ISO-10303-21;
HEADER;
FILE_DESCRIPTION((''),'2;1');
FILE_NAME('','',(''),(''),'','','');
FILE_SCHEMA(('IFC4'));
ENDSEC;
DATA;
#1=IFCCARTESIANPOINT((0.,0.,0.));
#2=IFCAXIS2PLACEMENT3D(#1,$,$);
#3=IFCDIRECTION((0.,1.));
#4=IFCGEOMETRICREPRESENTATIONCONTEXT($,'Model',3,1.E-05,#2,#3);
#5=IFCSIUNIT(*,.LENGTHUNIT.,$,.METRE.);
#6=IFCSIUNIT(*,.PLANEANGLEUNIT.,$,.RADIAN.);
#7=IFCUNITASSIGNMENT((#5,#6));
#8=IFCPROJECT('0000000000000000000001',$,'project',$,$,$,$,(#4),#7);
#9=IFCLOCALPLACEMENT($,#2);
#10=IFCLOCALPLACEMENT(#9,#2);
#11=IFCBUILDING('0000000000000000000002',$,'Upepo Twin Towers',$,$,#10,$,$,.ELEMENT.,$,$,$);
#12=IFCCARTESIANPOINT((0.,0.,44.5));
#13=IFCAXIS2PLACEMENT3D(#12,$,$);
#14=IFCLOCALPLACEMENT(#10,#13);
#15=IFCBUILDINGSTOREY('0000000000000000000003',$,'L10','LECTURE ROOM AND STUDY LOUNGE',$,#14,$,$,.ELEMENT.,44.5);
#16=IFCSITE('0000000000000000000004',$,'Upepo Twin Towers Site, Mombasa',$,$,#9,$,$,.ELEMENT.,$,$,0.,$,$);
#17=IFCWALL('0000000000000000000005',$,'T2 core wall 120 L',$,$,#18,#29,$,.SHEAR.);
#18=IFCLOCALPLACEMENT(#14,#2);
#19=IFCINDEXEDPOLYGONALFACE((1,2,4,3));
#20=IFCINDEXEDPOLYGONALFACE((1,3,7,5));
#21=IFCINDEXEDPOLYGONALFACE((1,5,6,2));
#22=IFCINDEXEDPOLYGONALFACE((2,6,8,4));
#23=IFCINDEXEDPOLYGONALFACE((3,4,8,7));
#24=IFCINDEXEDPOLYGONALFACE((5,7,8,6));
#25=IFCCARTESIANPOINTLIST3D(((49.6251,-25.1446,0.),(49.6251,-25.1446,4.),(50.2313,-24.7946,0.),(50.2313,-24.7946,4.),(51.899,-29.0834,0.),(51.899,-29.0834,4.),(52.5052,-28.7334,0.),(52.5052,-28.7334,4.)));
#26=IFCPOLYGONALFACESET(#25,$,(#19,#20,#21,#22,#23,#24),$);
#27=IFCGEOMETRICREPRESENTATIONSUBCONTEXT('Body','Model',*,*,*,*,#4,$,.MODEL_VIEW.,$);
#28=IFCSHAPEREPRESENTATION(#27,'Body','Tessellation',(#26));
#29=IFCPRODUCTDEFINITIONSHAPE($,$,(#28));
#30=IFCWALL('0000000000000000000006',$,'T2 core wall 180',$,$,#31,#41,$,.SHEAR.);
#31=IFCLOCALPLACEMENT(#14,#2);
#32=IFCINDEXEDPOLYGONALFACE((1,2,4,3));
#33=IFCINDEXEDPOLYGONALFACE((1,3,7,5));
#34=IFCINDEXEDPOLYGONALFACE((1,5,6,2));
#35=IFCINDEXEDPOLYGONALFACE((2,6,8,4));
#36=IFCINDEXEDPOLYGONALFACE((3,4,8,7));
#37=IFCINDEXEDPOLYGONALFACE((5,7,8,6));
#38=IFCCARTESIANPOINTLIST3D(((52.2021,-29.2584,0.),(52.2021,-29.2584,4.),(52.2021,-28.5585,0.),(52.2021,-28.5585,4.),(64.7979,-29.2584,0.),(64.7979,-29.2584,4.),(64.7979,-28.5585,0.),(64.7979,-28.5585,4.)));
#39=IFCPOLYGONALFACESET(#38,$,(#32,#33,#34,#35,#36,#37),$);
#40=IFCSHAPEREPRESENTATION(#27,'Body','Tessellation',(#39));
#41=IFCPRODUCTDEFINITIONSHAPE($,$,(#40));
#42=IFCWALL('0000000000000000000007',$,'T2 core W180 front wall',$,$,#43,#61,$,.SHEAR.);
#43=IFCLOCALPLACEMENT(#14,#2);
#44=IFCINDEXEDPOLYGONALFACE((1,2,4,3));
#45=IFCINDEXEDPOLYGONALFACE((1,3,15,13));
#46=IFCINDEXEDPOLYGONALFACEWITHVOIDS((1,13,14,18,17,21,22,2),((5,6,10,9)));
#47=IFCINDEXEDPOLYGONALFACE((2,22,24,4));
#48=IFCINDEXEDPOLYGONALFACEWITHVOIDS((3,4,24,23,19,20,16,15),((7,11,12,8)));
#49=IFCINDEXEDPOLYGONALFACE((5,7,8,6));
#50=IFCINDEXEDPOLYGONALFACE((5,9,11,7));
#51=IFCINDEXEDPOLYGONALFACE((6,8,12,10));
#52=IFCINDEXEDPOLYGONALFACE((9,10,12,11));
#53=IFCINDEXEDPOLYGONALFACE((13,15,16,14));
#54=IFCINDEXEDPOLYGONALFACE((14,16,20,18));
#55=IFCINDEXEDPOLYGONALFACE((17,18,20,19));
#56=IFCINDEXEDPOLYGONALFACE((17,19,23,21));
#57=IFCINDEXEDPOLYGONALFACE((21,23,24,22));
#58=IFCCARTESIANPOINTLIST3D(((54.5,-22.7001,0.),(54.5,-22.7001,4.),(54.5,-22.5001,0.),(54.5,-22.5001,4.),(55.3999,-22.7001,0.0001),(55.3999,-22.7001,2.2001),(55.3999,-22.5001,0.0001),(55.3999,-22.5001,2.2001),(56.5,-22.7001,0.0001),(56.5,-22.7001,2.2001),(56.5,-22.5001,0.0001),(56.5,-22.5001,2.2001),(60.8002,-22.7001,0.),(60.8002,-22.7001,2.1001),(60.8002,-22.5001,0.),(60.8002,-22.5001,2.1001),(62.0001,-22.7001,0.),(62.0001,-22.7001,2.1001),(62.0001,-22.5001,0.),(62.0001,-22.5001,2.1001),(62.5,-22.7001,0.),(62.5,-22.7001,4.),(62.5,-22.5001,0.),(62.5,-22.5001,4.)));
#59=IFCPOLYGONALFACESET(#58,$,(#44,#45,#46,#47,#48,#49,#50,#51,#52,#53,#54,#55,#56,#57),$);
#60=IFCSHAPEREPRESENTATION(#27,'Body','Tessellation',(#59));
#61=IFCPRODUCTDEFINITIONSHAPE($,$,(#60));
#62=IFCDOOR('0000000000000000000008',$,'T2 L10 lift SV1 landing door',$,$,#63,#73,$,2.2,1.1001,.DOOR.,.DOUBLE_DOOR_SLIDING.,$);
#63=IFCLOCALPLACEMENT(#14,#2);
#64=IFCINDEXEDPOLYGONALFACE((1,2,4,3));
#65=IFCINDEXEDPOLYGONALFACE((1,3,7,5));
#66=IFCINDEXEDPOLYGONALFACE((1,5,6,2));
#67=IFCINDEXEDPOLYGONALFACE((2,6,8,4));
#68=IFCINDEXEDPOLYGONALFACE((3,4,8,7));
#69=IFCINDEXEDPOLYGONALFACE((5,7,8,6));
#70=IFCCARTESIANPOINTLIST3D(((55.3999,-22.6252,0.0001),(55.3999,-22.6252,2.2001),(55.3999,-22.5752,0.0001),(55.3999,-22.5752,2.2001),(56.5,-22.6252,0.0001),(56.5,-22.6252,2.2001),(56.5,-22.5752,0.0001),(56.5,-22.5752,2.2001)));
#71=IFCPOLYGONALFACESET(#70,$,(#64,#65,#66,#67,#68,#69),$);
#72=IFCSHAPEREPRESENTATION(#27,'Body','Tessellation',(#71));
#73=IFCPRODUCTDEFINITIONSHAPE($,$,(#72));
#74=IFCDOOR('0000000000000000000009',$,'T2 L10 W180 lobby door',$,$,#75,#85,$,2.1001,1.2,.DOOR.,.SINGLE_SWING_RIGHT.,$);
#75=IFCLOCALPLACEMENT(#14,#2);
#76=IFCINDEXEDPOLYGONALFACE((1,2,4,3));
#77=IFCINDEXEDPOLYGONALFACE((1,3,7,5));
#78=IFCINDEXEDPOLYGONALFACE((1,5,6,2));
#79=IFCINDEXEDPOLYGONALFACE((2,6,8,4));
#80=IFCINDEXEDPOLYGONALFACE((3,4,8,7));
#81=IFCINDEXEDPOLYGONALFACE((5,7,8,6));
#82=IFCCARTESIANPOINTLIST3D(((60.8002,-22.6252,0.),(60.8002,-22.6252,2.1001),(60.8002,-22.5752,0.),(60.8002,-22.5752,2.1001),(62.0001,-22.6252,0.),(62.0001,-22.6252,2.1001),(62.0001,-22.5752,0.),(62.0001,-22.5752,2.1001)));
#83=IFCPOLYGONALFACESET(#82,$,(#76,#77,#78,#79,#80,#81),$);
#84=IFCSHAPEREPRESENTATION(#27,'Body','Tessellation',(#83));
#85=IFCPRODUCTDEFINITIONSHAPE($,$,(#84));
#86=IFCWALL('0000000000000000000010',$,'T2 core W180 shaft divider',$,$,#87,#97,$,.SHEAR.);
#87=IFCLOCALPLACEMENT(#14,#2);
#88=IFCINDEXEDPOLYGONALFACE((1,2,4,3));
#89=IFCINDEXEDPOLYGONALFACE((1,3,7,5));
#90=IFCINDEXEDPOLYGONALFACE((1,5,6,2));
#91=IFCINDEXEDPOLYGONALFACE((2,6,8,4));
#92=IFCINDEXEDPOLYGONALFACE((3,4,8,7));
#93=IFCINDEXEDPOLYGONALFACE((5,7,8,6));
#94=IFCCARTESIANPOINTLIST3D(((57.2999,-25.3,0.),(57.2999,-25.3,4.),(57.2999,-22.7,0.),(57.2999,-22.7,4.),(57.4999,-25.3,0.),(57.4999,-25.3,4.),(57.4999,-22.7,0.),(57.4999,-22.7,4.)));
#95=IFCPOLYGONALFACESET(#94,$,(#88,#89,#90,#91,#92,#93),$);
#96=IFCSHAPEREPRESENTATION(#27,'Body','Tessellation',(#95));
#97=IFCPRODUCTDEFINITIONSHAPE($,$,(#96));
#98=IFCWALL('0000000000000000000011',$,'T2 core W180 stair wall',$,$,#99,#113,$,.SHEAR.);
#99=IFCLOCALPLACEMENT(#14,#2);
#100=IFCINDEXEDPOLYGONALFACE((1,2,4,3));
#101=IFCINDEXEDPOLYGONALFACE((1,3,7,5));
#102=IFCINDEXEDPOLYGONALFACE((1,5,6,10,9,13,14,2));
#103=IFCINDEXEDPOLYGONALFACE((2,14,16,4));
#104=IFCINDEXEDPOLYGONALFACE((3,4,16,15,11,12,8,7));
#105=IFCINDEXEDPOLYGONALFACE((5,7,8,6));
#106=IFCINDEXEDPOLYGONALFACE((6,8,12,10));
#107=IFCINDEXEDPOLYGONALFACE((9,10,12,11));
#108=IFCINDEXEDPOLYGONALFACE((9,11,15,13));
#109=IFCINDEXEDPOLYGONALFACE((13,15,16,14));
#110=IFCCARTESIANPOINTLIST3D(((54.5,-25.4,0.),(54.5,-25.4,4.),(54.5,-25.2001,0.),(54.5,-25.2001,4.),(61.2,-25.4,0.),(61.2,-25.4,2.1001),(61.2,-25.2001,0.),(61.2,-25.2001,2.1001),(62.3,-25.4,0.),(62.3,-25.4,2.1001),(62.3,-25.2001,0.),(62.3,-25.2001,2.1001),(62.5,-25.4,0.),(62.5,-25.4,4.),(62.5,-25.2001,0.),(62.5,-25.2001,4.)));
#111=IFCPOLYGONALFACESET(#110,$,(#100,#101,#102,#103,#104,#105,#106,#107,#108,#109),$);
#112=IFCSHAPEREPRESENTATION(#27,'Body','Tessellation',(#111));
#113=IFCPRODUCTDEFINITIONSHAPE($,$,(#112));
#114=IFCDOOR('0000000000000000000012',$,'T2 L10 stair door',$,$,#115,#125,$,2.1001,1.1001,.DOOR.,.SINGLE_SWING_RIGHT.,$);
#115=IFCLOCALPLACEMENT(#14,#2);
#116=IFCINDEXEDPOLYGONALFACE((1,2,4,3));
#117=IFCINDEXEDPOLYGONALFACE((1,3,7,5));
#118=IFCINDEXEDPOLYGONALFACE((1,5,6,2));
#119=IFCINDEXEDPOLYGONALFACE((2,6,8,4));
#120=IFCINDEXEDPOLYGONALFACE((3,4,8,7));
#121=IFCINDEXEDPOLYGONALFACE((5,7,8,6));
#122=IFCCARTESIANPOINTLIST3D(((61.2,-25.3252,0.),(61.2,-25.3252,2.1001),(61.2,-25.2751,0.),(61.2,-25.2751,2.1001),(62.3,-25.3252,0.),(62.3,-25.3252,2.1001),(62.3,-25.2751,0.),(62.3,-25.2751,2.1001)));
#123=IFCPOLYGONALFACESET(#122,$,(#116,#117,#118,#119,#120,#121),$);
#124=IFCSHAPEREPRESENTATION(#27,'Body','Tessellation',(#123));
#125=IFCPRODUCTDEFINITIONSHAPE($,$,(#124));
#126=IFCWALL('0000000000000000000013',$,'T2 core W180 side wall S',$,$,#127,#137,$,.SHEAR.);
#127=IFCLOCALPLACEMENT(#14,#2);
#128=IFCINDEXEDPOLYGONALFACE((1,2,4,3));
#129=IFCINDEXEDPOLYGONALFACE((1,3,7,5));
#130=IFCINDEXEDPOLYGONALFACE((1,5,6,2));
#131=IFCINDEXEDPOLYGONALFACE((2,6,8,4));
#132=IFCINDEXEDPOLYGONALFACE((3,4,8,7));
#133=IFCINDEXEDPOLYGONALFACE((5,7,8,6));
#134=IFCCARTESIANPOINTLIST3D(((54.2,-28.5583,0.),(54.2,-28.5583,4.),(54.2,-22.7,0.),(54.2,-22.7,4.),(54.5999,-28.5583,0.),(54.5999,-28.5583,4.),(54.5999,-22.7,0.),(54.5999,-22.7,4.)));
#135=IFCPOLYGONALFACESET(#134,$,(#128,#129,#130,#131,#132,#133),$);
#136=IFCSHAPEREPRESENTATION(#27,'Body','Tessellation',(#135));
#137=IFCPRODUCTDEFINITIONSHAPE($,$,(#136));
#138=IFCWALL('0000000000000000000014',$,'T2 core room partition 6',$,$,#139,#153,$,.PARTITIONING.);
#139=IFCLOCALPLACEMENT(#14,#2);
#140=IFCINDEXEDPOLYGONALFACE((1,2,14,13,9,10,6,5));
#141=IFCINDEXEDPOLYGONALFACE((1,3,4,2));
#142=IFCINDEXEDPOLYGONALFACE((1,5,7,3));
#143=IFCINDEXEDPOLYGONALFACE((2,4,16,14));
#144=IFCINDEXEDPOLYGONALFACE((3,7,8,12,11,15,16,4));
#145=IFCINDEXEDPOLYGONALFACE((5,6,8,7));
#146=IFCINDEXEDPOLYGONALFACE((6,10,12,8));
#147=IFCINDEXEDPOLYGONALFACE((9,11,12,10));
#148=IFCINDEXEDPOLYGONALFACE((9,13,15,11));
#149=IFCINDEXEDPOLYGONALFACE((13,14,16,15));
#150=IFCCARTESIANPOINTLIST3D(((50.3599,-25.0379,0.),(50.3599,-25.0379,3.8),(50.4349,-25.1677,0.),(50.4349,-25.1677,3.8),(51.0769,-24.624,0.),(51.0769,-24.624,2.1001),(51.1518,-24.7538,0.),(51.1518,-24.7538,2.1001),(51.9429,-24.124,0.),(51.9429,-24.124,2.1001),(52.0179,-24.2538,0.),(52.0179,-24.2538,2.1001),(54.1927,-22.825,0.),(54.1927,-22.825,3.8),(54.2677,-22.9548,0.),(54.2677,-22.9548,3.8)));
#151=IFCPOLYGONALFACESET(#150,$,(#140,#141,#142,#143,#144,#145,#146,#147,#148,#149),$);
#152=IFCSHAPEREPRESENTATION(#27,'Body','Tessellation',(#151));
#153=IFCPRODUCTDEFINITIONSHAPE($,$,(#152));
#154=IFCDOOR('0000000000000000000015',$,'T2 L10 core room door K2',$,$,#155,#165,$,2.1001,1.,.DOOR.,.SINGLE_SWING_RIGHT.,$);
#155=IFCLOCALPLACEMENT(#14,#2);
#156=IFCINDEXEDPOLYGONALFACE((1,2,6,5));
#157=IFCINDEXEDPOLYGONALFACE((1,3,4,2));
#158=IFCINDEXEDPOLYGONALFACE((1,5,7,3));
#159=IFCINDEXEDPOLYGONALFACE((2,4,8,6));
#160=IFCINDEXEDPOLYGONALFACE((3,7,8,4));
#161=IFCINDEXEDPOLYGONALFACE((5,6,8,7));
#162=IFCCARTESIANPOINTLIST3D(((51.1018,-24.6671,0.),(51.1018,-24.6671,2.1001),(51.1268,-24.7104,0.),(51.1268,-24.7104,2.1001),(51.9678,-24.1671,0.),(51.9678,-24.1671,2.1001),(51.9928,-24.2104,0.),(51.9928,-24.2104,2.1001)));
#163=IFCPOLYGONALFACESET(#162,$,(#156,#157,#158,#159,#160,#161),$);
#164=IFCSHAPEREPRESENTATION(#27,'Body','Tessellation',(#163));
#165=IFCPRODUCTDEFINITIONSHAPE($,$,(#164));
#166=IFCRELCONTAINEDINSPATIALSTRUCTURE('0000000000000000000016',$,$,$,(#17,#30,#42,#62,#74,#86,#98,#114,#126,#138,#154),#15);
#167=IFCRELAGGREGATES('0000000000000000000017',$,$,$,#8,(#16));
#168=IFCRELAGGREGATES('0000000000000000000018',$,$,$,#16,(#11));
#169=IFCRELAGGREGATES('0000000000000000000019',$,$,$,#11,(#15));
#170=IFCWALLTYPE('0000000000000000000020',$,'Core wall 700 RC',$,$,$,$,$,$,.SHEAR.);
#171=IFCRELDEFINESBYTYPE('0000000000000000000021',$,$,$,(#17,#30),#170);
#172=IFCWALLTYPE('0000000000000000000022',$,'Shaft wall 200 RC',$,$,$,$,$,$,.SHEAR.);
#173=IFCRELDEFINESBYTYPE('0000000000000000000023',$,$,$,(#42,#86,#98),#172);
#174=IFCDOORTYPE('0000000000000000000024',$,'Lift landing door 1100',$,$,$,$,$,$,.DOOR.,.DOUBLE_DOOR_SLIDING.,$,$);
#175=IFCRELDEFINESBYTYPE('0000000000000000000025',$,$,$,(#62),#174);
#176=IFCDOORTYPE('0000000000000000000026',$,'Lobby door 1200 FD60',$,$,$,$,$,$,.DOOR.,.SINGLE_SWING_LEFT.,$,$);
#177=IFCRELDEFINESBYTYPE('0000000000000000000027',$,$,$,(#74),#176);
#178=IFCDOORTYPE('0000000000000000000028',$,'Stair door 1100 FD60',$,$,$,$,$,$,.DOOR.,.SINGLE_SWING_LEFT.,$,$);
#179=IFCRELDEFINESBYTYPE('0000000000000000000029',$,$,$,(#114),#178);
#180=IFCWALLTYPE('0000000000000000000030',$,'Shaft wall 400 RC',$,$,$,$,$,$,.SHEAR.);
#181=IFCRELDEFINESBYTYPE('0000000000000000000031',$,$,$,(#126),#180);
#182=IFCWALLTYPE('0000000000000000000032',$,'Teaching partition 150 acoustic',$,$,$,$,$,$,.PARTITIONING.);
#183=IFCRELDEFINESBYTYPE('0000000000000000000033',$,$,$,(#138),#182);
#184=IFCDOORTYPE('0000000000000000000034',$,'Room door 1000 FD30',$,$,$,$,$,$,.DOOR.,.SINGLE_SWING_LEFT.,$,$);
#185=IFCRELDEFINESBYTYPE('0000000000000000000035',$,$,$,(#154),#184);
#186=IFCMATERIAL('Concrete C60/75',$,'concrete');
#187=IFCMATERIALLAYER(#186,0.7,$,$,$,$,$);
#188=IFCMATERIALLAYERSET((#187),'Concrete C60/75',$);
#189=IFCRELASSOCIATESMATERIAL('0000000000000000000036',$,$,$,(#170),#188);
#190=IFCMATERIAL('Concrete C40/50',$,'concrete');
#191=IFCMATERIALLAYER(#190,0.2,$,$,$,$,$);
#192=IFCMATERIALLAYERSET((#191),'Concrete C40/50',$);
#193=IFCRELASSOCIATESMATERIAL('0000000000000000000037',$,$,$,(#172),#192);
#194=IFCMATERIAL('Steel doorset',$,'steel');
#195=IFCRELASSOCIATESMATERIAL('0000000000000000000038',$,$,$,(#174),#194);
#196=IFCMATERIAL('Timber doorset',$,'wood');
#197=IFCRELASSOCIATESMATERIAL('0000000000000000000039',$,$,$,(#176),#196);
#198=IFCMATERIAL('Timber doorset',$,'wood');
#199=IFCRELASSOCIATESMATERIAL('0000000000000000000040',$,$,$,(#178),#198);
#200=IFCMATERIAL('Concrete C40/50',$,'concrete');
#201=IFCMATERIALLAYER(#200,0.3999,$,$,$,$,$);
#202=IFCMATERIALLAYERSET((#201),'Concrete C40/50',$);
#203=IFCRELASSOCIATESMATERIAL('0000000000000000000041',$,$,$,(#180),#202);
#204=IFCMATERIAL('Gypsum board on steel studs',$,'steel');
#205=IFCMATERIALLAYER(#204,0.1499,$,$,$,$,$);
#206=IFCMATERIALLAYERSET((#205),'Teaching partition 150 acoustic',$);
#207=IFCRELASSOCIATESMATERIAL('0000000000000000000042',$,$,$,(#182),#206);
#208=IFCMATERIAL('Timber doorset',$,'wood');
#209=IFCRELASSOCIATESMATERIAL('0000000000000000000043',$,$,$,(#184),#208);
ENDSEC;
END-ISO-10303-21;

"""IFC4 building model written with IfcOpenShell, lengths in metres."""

from ifc_helpers import new_model, si_unit, direction, frame, frame_2d, origin, place, context, subcontext, project, spatial, rectangle, extrude, material, layer, layer_set, type_object, element, fill, save


model = new_model("IFC4")

# Units and contexts
model_context = context("Model", 3, precision=1e-05, world=origin(), true_north=direction((0.0, 1.0)))
body_context = subcontext(model_context, "Body", "Model", "MODEL_VIEW")
ifc_project = project(units=[si_unit("LENGTHUNIT", "METRE"), si_unit("PLANEANGLEUNIT", "RADIAN")], contexts=[model_context])

# Site, building, storey
site_placement = place(None, origin())
site = spatial("IfcSite", under=ifc_project, at=site_placement, Name="Upepo Twin Towers Site, Mombasa", CompositionType="ELEMENT", RefElevation=0.0)
building_placement = place(site_placement, origin())
building = spatial("IfcBuilding", under=site, at=building_placement, Name="Upepo Twin Towers", CompositionType="ELEMENT")
storey_placement = place(building_placement, frame((0.0, 0.0, 44.5)))
storey = spatial("IfcBuildingStorey", under=building, at=storey_placement, Name="L10", Description="LECTURE ROOM AND STUDY LOUNGE", CompositionType="ELEMENT", Elevation=44.5)

# Walls
ifc_material_1 = material(Name="Concrete C60/75", Category="concrete")
ifc_layer_1 = layer(ifc_material_1, 0.7)
ifc_layer_set_1 = layer_set([ifc_layer_1], Name="Concrete C60/75")
wall_type_1 = type_object("IfcWallType", Name="Core wall 700 RC", PredefinedType="SHEAR", material=ifc_layer_set_1)
wall_1_placement = place(storey_placement, frame((49.9282, -24.9697, 0.0), z_axis=(0.0, 0.0, 1.0), x_axis=(0.499984, -0.866035, 0.0)))
element("IfcWall", 1, at=wall_1_placement, inside=storey, type_object=wall_type_1, Name="T2 core wall 120 L", PredefinedType="SHEAR", context=body_context, shape_type="SweptSolid", body=[
    extrude(rectangle(XDim=4.5481, YDim=0.7, at=frame_2d((2.2739, 0.0))), origin(), (0.0, 0.0, 1.0), 4.0),
])
wall_2_placement = place(storey_placement, frame((52.2021, -28.9084, 0.0), z_axis=(0.0, 0.0, 1.0), x_axis=(1.0, 0.0, 0.0)))
element("IfcWall", 2, at=wall_2_placement, inside=storey, type_object=wall_type_1, Name="T2 core wall 180", PredefinedType="SHEAR", context=body_context, shape_type="SweptSolid", body=[
    extrude(rectangle(XDim=12.5957, YDim=0.7, at=frame_2d((6.2979, 0.0))), origin(), (0.0, 0.0, 1.0), 4.0),
])

# Wall, openings, doors
ifc_material_2 = material(Name="Concrete C40/50", Category="concrete")
ifc_layer_2 = layer(ifc_material_2, 0.2)
ifc_layer_set_2 = layer_set([ifc_layer_2], Name="Concrete C40/50")
wall_type_2 = type_object("IfcWallType", Name="Shaft wall 200 RC", PredefinedType="SHEAR", material=ifc_layer_set_2)
wall_3_placement = place(storey_placement, frame((54.5, -22.6001, 0.0), z_axis=(0.0, 0.0, 1.0), x_axis=(1.0, 0.0, 0.0)))
wall_3 = element("IfcWall", 3, at=wall_3_placement, inside=storey, type_object=wall_type_2, Name="T2 core W180 front wall", PredefinedType="SHEAR", context=body_context, shape_type="SweptSolid", body=[
    extrude(rectangle(XDim=8.0, YDim=0.2, at=frame_2d((4.0, 0.0))), origin(), (0.0, 0.0, 1.0), 4.0),
])
opening_1_placement = place(wall_3_placement, frame((6.3, 0.0, 0.0)))
opening_1 = element("IfcOpeningElement", 4, at=opening_1_placement, cuts=wall_3, PredefinedType="OPENING", context=body_context, shape_type="SweptSolid", body=[
    extrude(rectangle(XDim=1.2, YDim=2.1001, at=frame_2d((0.6001, 1.05))), frame((0.0, 0.1099, 0.0), z_axis=(0.0, -1.0, 0.0), x_axis=(1.0, 0.0, 0.0)), (0.0, 0.0, 1.0), 0.22),
])
opening_2_placement = place(wall_3_placement, frame((0.8999, 0.0, 0.0)))
opening_2 = element("IfcOpeningElement", 5, at=opening_2_placement, cuts=wall_3, PredefinedType="OPENING", context=body_context, shape_type="SweptSolid", body=[
    extrude(rectangle(XDim=1.1001, YDim=2.2, at=frame_2d((0.55, 1.1001))), frame((0.0, 0.1099, 0.0), z_axis=(0.0, -1.0, 0.0), x_axis=(1.0, 0.0, 0.0)), (0.0, 0.0, 1.0), 0.22),
])
ifc_material_3 = material(Name="Steel doorset", Category="steel")
door_type_1 = type_object("IfcDoorType", Name="Lift landing door 1100", OperationType="DOUBLE_DOOR_SLIDING", PredefinedType="DOOR", material=ifc_material_3)
door_1_placement = place(opening_2_placement, origin())
door_1 = element("IfcDoor", 6, at=door_1_placement, inside=storey, type_object=door_type_1, Name="T2 L10 lift SV1 landing door", OperationType="DOUBLE_DOOR_SLIDING", OverallHeight=2.2, OverallWidth=1.1001, PredefinedType="DOOR", context=body_context, shape_type="SweptSolid", body=[
    extrude(rectangle(XDim=1.1001, YDim=2.2, at=frame_2d((0.55, 1.1001))), frame((0.0, 0.0249, 0.0), z_axis=(0.0, -1.0, 0.0), x_axis=(1.0, 0.0, 0.0)), (0.0, 0.0, 1.0), 0.05),
])
fill(opening_2, door_1)
ifc_material_4 = material(Name="Timber doorset", Category="wood")
door_type_2 = type_object("IfcDoorType", Name="Lobby door 1200 FD60", OperationType="SINGLE_SWING_LEFT", PredefinedType="DOOR", material=ifc_material_4)
door_2_placement = place(opening_1_placement, origin())
door_2 = element("IfcDoor", 7, at=door_2_placement, inside=storey, type_object=door_type_2, Name="T2 L10 W180 lobby door", OperationType="SINGLE_SWING_RIGHT", OverallHeight=2.1001, OverallWidth=1.2, PredefinedType="DOOR", context=body_context, shape_type="SweptSolid", body=[
    extrude(rectangle(XDim=1.2, YDim=2.1001, at=frame_2d((0.6001, 1.05))), frame((0.0, 0.0249, 0.0), z_axis=(0.0, -1.0, 0.0), x_axis=(1.0, 0.0, 0.0)), (0.0, 0.0, 1.0), 0.05),
])
fill(opening_1, door_2)

# Wall
wall_4_placement = place(storey_placement, frame((57.3999, -22.7, 0.0), z_axis=(0.0, 0.0, 1.0), x_axis=(0.0, -1.0, 0.0)))
element("IfcWall", 8, at=wall_4_placement, inside=storey, type_object=wall_type_2, Name="T2 core W180 shaft divider", PredefinedType="SHEAR", context=body_context, shape_type="SweptSolid", body=[
    extrude(rectangle(XDim=2.6001, YDim=0.2, at=frame_2d((1.3, 0.0))), origin(), (0.0, 0.0, 1.0), 4.0),
])

# Wall, opening, door
wall_5_placement = place(storey_placement, frame((54.5, -25.3, 0.0), z_axis=(0.0, 0.0, 1.0), x_axis=(1.0, 0.0, 0.0)))
wall_5 = element("IfcWall", 9, at=wall_5_placement, inside=storey, type_object=wall_type_2, Name="T2 core W180 stair wall", PredefinedType="SHEAR", context=body_context, shape_type="SweptSolid", body=[
    extrude(rectangle(XDim=8.0, YDim=0.2, at=frame_2d((4.0, 0.0))), origin(), (0.0, 0.0, 1.0), 4.0),
])
opening_3_placement = place(wall_5_placement, frame((6.7, 0.0, 0.0)))
opening_3 = element("IfcOpeningElement", 10, at=opening_3_placement, cuts=wall_5, PredefinedType="OPENING", context=body_context, shape_type="SweptSolid", body=[
    extrude(rectangle(XDim=1.1001, YDim=2.1001, at=frame_2d((0.55, 1.05))), frame((0.0, 0.1099, 0.0), z_axis=(0.0, -1.0, 0.0), x_axis=(1.0, 0.0, 0.0)), (0.0, 0.0, 1.0), 0.22),
])
ifc_material_5 = material(Name="Timber doorset", Category="wood")
door_type_3 = type_object("IfcDoorType", Name="Stair door 1100 FD60", OperationType="SINGLE_SWING_LEFT", PredefinedType="DOOR", material=ifc_material_5)
door_3_placement = place(opening_3_placement, origin())
door_3 = element("IfcDoor", 11, at=door_3_placement, inside=storey, type_object=door_type_3, Name="T2 L10 stair door", OperationType="SINGLE_SWING_RIGHT", OverallHeight=2.1001, OverallWidth=1.1001, PredefinedType="DOOR", context=body_context, shape_type="SweptSolid", body=[
    extrude(rectangle(XDim=1.1001, YDim=2.1001, at=frame_2d((0.55, 1.05))), frame((0.0, 0.0249, 0.0), z_axis=(0.0, -1.0, 0.0), x_axis=(1.0, 0.0, 0.0)), (0.0, 0.0, 1.0), 0.05),
])
fill(opening_3, door_3)

# Wall
ifc_material_6 = material(Name="Concrete C40/50", Category="concrete")
ifc_layer_3 = layer(ifc_material_6, 0.3999)
ifc_layer_set_3 = layer_set([ifc_layer_3], Name="Concrete C40/50")
wall_type_3 = type_object("IfcWallType", Name="Shaft wall 400 RC", PredefinedType="SHEAR", material=ifc_layer_set_3)
wall_6_placement = place(storey_placement, frame((54.3999, -22.7, 0.0), z_axis=(0.0, 0.0, 1.0), x_axis=(0.0, -1.0, 0.0)))
element("IfcWall", 12, at=wall_6_placement, inside=storey, type_object=wall_type_3, Name="T2 core W180 side wall S", PredefinedType="SHEAR", context=body_context, shape_type="SweptSolid", body=[
    extrude(rectangle(XDim=5.8584, YDim=0.3999, at=frame_2d((2.9292, 0.0))), origin(), (0.0, 0.0, 1.0), 4.0),
])

# Wall, opening, door
ifc_material_7 = material(Name="Gypsum board on steel studs", Category="steel")
ifc_layer_4 = layer(ifc_material_7, 0.1499)
ifc_layer_set_4 = layer_set([ifc_layer_4], Name="Teaching partition 150 acoustic")
wall_type_4 = type_object("IfcWallType", Name="Teaching partition 150 acoustic", PredefinedType="PARTITIONING", material=ifc_layer_set_4)
wall_7_placement = place(storey_placement, frame((54.2302, -22.8899, 0.0), z_axis=(0.0, 0.0, 1.0), x_axis=(-0.866021, -0.500007, 0.0)))
wall_7 = element("IfcWall", 13, at=wall_7_placement, inside=storey, type_object=wall_type_4, Name="T2 core room partition 6", PredefinedType="PARTITIONING", context=body_context, shape_type="SweptSolid", body=[
    extrude(rectangle(XDim=4.4258, YDim=0.1499, at=frame_2d((2.2129, 0.0))), origin(), (0.0, 0.0, 1.0), 3.8),
])
opening_4_placement = place(wall_7_placement, frame((2.5979, 0.0, 0.0)))
opening_4 = element("IfcOpeningElement", 14, at=opening_4_placement, cuts=wall_7, PredefinedType="OPENING", context=body_context, shape_type="SweptSolid", body=[
    extrude(rectangle(XDim=1.0, YDim=2.1001, at=frame_2d((0.5, 1.05))), frame((0.0, 0.085, 0.0), z_axis=(0.0, -1.0, 0.0), x_axis=(1.0, 0.0, 0.0)), (0.0, 0.0, 1.0), 0.1699),
])
ifc_material_8 = material(Name="Timber doorset", Category="wood")
door_type_4 = type_object("IfcDoorType", Name="Room door 1000 FD30", OperationType="SINGLE_SWING_LEFT", PredefinedType="DOOR", material=ifc_material_8)
door_4_placement = place(opening_4_placement, origin())
door_4 = element("IfcDoor", 15, at=door_4_placement, inside=storey, type_object=door_type_4, Name="T2 L10 core room door K2", OperationType="SINGLE_SWING_RIGHT", OverallHeight=2.1001, OverallWidth=1.0, PredefinedType="DOOR", context=body_context, shape_type="SweptSolid", body=[
    extrude(rectangle(XDim=1.0, YDim=2.1001, at=frame_2d((0.5, 1.05))), frame((0.0, 0.0249, 0.0), z_axis=(0.0, -1.0, 0.0), x_axis=(1.0, 0.0, 0.0)), (0.0, 0.0, 1.0), 0.05),
])
fill(opening_4, door_4)

save(model, "model.ifc")
